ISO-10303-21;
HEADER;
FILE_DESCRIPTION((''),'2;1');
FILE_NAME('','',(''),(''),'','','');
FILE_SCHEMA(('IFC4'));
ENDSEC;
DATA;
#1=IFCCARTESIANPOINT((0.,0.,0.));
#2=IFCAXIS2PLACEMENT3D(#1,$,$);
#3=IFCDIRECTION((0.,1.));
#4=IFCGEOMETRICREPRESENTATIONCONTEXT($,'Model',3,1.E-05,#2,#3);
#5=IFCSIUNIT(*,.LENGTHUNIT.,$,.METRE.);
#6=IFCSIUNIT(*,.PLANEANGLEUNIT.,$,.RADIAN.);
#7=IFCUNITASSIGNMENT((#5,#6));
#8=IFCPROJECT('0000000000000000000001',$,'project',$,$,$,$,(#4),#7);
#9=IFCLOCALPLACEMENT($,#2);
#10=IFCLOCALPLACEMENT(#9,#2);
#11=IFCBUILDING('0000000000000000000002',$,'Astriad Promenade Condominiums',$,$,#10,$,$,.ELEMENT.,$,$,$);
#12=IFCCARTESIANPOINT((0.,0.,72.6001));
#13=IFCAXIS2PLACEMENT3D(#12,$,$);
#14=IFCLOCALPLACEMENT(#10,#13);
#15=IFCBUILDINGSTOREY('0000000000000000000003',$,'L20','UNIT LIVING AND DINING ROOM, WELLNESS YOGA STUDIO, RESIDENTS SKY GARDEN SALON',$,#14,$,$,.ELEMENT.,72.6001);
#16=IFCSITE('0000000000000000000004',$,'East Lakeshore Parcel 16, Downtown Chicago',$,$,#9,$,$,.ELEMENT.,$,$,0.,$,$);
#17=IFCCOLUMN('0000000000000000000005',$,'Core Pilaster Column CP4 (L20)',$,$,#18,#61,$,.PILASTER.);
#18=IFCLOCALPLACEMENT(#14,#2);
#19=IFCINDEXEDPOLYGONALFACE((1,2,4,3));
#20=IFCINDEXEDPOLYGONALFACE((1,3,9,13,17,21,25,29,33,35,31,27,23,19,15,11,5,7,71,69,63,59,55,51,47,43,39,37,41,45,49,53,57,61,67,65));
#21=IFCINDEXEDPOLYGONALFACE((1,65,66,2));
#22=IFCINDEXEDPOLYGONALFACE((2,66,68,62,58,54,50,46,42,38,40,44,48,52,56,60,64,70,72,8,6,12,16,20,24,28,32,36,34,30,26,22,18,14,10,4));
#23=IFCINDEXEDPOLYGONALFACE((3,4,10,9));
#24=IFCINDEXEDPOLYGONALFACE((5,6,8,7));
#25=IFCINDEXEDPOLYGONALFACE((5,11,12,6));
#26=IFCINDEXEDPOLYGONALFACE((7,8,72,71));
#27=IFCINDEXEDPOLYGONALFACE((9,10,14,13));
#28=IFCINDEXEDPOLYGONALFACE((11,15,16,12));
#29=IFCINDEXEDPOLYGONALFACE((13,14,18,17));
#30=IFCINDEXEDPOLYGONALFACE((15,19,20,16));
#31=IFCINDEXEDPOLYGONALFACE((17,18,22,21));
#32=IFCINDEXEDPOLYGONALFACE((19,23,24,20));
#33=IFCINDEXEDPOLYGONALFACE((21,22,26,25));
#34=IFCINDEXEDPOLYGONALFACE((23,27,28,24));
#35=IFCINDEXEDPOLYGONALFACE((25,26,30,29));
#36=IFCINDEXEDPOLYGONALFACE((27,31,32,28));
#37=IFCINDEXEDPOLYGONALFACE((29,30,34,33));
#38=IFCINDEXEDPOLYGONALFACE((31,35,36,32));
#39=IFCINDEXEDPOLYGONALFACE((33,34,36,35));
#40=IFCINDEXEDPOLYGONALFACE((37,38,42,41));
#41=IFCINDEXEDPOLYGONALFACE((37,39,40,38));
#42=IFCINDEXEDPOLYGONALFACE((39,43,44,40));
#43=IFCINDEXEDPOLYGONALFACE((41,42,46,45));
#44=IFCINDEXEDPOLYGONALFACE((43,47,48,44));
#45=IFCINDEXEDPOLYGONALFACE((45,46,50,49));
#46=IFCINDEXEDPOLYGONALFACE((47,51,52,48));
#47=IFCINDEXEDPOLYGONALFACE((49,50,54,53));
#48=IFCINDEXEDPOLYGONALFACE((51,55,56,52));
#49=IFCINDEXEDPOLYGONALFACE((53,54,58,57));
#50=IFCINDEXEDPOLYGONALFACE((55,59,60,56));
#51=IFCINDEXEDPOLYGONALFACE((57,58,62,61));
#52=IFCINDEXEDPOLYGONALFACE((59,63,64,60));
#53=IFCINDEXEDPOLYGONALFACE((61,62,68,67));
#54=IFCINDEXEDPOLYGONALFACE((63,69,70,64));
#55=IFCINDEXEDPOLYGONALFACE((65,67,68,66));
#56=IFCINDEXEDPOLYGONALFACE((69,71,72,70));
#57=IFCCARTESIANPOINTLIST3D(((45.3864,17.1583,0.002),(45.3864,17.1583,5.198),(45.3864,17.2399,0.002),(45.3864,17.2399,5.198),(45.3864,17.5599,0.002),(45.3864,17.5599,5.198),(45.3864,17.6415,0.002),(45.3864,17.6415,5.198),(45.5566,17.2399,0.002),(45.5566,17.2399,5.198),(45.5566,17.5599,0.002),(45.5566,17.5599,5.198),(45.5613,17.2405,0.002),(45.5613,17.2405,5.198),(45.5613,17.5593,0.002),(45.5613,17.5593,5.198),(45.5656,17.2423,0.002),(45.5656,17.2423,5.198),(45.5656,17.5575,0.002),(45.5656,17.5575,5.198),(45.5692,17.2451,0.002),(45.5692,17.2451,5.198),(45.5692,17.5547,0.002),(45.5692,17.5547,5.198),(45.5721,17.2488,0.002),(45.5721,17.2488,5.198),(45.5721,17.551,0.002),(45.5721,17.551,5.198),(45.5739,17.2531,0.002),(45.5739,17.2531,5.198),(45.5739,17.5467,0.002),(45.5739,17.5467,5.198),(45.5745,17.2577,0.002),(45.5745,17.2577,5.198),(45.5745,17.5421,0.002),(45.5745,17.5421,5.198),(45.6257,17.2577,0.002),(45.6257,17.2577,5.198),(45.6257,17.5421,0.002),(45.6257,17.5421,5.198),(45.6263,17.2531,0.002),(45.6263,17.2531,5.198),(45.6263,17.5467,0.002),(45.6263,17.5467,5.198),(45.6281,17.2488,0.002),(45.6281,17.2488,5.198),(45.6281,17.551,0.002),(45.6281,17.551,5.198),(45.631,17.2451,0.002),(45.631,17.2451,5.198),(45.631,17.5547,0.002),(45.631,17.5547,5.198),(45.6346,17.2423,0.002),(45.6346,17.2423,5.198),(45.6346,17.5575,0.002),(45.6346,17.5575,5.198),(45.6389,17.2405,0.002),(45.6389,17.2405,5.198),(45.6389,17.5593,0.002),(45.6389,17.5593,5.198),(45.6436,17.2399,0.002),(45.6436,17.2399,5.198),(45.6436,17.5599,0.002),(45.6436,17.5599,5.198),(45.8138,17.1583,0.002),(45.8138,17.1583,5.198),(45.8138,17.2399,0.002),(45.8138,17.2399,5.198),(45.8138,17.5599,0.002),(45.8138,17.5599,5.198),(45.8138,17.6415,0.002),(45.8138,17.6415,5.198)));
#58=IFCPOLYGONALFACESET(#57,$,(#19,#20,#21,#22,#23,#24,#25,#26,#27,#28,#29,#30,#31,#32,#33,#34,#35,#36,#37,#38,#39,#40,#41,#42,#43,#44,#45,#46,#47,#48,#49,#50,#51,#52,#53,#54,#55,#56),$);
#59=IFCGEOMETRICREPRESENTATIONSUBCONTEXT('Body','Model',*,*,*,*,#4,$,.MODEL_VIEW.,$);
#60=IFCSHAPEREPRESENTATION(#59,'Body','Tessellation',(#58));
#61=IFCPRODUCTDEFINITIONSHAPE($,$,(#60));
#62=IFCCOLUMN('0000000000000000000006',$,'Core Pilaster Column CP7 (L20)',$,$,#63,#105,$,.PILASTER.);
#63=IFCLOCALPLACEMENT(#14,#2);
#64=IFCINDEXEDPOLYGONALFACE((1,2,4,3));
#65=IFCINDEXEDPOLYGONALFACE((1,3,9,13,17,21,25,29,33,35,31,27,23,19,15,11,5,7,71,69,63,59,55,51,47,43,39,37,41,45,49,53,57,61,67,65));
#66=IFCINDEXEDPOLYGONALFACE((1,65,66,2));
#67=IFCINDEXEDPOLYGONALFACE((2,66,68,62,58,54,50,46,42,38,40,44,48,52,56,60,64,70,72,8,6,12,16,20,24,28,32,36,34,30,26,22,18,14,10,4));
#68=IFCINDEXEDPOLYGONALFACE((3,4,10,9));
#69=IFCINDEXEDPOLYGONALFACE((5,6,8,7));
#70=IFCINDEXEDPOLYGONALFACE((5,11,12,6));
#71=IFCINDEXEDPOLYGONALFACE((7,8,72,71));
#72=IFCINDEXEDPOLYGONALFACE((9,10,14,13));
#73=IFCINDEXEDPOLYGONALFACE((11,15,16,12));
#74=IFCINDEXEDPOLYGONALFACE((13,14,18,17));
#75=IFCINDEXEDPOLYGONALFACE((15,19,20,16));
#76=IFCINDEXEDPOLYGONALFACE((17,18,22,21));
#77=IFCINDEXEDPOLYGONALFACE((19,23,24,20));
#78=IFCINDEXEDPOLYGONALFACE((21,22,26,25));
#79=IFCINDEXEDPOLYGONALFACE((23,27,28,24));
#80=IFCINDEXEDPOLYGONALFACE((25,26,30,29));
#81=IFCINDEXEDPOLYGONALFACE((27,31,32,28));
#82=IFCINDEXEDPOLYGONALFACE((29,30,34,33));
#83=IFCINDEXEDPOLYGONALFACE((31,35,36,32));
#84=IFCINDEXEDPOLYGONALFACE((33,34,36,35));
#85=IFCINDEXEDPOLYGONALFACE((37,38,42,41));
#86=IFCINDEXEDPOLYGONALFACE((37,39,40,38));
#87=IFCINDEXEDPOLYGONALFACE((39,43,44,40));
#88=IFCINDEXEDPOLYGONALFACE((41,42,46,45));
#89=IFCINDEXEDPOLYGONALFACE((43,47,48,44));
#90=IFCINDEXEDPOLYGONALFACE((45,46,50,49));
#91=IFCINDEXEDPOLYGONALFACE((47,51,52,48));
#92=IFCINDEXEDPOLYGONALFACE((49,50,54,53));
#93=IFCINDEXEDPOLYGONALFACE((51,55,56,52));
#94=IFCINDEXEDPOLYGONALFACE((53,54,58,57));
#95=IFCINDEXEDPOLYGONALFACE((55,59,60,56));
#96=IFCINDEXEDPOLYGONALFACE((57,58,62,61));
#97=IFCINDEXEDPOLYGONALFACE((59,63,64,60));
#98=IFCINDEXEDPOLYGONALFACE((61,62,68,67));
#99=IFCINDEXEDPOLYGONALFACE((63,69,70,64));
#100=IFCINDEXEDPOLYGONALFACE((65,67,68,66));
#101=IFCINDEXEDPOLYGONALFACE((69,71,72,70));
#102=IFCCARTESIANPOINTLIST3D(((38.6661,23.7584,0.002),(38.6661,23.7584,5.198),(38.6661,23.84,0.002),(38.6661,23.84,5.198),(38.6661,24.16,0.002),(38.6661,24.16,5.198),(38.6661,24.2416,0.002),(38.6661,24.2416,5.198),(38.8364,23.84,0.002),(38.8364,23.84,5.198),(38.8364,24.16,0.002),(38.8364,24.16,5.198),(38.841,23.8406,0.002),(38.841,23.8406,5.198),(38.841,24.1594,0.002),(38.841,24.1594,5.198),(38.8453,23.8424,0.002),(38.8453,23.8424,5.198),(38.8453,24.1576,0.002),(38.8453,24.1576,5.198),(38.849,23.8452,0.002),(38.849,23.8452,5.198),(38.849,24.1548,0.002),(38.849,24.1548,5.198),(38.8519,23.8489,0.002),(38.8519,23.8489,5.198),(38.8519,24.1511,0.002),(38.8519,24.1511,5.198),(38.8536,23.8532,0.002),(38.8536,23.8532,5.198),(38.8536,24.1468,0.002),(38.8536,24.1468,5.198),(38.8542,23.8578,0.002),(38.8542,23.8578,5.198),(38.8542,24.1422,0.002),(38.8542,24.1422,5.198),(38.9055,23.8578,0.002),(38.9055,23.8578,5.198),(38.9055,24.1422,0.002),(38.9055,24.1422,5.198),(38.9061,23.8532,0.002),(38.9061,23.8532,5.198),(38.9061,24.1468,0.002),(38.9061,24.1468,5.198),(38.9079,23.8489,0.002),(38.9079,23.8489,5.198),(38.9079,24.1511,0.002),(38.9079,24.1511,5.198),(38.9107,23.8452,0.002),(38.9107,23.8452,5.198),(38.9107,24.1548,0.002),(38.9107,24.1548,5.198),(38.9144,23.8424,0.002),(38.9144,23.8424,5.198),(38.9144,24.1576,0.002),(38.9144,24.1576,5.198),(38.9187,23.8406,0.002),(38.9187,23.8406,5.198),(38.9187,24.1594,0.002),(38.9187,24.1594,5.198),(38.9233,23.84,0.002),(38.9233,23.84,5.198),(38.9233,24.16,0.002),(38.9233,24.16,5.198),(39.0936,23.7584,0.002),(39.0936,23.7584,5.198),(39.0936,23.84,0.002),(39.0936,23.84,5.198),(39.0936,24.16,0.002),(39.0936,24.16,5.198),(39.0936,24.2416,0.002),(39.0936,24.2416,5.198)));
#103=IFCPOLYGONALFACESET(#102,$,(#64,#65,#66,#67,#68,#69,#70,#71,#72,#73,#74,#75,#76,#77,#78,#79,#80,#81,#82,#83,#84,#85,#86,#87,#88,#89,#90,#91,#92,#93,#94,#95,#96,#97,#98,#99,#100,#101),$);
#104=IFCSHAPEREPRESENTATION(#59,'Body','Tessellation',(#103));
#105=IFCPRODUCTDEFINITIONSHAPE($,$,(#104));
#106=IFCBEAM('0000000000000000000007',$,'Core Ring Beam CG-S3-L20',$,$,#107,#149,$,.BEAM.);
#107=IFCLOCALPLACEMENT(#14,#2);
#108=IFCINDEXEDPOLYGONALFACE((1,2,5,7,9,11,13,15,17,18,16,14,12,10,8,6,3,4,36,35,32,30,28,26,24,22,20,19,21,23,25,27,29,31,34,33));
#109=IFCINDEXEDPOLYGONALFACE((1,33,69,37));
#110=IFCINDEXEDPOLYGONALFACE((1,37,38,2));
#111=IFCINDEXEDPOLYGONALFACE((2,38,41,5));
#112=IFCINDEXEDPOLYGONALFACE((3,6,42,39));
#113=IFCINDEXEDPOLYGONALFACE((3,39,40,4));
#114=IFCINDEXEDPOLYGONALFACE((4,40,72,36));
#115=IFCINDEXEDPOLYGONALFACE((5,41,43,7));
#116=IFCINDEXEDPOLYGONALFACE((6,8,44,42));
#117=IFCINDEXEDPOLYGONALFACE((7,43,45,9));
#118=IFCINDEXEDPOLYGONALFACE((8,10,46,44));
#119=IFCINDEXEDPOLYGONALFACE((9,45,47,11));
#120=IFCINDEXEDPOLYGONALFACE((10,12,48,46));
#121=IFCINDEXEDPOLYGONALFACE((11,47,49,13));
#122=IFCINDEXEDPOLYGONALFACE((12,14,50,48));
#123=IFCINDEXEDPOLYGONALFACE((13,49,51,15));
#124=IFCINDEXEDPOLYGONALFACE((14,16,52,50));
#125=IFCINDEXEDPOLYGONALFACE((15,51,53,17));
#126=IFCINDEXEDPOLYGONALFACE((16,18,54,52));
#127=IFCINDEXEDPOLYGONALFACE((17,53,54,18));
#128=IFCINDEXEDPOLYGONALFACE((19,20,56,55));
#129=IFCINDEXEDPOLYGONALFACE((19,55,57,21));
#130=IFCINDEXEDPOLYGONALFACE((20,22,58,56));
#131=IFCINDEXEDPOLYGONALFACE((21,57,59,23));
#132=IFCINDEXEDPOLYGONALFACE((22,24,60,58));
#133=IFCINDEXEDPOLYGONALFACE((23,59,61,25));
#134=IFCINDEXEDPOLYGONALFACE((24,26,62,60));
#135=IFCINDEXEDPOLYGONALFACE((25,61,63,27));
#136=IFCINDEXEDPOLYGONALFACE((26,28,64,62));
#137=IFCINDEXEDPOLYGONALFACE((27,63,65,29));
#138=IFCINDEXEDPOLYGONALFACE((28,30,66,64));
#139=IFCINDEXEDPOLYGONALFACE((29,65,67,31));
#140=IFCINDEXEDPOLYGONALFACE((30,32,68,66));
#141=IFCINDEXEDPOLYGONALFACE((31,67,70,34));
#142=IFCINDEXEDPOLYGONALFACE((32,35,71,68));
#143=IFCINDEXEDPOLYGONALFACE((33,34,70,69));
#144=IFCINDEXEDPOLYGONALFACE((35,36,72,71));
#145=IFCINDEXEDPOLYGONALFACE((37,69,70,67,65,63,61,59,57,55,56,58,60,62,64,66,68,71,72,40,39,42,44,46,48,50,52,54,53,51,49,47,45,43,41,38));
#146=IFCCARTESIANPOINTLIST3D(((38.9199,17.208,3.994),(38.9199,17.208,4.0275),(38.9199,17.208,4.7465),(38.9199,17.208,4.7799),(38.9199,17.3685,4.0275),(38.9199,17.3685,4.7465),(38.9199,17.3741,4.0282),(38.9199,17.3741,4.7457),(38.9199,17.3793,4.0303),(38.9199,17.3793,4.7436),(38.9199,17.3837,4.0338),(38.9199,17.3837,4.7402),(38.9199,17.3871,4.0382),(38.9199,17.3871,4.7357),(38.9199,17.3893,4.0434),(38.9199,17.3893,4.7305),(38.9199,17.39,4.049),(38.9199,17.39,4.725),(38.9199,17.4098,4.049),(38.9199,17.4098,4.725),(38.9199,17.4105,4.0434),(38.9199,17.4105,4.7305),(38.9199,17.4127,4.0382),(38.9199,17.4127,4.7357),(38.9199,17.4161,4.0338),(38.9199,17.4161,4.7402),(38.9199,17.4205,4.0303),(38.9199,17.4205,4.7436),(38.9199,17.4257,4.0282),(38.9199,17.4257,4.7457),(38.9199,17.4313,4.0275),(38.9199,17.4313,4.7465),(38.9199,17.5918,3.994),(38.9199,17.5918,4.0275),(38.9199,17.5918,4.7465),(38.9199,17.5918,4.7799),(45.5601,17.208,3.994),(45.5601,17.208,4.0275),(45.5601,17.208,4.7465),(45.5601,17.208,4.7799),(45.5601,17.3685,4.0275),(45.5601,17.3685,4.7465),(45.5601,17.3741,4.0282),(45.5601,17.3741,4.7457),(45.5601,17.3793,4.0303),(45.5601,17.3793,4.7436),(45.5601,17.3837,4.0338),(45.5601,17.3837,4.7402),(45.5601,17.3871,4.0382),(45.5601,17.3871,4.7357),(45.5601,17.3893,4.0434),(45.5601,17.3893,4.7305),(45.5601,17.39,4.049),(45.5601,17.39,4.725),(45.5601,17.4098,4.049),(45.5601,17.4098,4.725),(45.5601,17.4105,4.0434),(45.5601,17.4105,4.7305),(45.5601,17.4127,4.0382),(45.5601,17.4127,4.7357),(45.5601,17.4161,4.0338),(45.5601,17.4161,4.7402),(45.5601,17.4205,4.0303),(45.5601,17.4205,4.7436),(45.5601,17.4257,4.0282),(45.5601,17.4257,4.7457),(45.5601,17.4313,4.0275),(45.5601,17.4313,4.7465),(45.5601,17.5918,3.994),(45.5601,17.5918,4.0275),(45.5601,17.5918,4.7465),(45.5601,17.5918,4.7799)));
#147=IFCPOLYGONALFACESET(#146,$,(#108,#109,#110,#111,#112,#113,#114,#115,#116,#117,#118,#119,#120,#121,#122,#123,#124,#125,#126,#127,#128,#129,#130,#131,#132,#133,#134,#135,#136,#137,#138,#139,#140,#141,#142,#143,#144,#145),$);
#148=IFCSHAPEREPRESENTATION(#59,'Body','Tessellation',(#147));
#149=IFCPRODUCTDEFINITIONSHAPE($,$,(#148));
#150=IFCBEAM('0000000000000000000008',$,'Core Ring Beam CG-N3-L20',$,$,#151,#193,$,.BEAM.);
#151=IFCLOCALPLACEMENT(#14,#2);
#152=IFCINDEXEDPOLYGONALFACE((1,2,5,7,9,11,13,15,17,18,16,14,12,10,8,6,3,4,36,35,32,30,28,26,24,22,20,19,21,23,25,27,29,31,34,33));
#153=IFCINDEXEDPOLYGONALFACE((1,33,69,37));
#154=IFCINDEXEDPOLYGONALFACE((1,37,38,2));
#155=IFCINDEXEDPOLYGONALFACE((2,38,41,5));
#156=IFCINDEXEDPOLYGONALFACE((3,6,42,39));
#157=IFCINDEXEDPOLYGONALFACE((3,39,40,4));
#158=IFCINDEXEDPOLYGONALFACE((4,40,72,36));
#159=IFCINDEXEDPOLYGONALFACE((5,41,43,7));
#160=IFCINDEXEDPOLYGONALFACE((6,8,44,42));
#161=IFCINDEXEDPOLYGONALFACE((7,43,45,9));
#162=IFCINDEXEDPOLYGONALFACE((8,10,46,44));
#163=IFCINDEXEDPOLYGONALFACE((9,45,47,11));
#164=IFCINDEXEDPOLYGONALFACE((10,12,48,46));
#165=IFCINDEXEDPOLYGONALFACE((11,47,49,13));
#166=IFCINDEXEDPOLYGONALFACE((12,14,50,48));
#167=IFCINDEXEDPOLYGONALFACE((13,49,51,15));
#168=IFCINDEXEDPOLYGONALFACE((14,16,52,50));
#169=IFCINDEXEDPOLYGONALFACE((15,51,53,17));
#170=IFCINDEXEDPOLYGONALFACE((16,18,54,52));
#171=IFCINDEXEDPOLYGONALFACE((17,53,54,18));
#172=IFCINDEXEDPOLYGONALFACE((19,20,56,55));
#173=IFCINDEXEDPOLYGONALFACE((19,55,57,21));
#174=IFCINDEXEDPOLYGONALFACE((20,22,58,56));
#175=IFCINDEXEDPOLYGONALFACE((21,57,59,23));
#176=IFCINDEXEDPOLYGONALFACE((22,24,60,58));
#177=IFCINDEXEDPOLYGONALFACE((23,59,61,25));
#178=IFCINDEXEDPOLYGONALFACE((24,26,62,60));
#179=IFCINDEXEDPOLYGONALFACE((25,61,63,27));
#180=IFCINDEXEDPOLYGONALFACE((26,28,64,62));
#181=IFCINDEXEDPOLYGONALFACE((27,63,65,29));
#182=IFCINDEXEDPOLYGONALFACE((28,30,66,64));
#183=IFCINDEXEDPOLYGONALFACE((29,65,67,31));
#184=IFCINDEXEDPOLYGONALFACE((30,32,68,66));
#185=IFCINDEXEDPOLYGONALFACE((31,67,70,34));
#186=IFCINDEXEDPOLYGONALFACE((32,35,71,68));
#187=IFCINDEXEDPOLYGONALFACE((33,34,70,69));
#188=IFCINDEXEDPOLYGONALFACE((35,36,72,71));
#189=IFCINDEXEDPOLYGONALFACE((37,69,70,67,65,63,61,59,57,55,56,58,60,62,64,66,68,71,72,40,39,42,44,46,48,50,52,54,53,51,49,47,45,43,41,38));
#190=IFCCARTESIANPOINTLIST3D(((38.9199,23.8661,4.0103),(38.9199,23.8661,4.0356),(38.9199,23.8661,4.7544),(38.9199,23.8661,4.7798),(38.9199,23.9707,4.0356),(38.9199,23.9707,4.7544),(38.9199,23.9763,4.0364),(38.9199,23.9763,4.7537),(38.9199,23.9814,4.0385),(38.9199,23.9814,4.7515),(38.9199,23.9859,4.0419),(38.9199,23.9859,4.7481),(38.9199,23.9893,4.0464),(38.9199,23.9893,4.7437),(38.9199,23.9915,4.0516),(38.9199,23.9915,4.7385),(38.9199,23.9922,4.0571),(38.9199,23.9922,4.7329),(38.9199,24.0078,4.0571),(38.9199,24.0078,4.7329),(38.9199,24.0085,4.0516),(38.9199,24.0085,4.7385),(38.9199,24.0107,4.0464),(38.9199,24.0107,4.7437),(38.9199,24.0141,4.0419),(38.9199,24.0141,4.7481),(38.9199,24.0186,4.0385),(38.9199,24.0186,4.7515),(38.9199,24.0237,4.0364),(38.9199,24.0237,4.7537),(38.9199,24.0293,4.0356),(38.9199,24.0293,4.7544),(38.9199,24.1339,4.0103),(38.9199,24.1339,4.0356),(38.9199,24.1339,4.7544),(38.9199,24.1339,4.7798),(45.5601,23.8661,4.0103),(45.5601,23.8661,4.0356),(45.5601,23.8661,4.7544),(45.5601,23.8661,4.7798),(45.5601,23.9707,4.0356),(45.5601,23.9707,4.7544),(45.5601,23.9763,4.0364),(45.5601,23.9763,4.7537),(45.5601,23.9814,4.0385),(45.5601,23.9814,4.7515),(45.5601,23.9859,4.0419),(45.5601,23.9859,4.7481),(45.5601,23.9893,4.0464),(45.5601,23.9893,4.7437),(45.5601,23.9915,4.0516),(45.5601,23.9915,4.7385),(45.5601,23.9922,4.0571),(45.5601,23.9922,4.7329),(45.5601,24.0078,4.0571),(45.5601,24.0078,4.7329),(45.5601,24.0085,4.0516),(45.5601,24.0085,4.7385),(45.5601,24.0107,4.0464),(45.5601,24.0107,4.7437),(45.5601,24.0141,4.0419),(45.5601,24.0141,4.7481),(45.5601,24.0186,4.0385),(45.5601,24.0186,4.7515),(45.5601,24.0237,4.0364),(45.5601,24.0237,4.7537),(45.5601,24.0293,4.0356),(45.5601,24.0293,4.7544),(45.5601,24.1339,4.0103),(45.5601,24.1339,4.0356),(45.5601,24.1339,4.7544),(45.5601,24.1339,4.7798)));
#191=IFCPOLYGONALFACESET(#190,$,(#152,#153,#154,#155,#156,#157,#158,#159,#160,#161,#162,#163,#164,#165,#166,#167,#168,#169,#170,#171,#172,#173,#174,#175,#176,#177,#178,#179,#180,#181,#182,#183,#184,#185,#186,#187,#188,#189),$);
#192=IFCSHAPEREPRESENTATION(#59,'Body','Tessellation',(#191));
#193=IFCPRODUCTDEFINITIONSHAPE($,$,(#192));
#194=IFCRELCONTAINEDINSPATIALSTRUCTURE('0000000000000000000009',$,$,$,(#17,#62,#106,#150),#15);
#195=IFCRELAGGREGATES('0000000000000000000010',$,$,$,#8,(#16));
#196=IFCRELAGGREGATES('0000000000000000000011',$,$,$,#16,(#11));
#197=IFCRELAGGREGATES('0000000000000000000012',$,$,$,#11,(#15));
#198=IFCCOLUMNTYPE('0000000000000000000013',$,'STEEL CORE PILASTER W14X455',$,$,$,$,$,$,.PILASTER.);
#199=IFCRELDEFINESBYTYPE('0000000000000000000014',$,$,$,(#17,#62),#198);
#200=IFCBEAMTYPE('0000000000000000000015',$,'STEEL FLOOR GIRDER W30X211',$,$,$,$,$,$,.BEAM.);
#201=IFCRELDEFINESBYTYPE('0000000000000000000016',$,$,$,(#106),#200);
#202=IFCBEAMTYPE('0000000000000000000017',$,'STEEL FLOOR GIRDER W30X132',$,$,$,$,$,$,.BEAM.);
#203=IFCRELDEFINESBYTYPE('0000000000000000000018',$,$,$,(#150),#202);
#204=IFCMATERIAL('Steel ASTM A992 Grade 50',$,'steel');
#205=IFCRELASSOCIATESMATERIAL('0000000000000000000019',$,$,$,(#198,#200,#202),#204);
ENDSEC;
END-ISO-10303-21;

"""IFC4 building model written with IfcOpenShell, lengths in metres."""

from ifc_helpers import new_model, si_unit, direction, frame, origin, origin_2d, place, context, subcontext, project, spatial, i_section, extrude, source, transform, mapped, material, material_profile, profile_set, type_object, type_shapes, element, save


model = new_model("IFC4")

# Units and contexts
model_context = context("Model", 3, precision=1e-05, world=origin(), true_north=direction((0.0, 1.0)))
body_context = subcontext(model_context, "Body", "Model", "MODEL_VIEW")
ifc_project = project(units=[si_unit("LENGTHUNIT", "METRE"), si_unit("PLANEANGLEUNIT", "RADIAN")], contexts=[model_context])

# Site, building, storey
site_placement = place(None, origin())
site = spatial("IfcSite", under=ifc_project, at=site_placement, Name="East Lakeshore Parcel 16, Downtown Chicago", CompositionType="ELEMENT", RefElevation=0.0)
building_placement = place(site_placement, origin())
building = spatial("IfcBuilding", under=site, at=building_placement, Name="Astriad Promenade Condominiums", CompositionType="ELEMENT")
storey_placement = place(building_placement, frame((0.0, 0.0, 72.6001)))
storey = spatial("IfcBuildingStorey", under=building, at=storey_placement, Name="L20", Description="UNIT LIVING AND DINING ROOM, WELLNESS YOGA STUDIO, RESIDENTS SKY GARDEN SALON", CompositionType="ELEMENT", Elevation=72.6001)

# Columns
ifc_material_1 = material(Name="Steel ASTM A992 Grade 50", Category="steel")
ifc_material_profile_1 = material_profile(ifc_material_1, i_section(OverallWidth=0.4275, OverallDepth=0.4832, WebThickness=0.0513, FlangeThickness=0.0815, FilletRadius=0.0178, at=origin_2d()), Name="W14X455")
ifc_profile_set_1 = profile_set([ifc_material_profile_1], Name="Steel ASTM A992 Grade 50")
column_type = type_object("IfcColumnType", Name="STEEL CORE PILASTER W14X455", PredefinedType="PILASTER", material=ifc_profile_set_1)
shared_shape_1 = source(origin(), body_context, "Body", "SweptSolid", [
    extrude(i_section(OverallWidth=0.4275, OverallDepth=0.4832, WebThickness=0.0513, FlangeThickness=0.0815, FilletRadius=0.0178, at=origin_2d()), origin(), (0.0, 0.0, 1.0), 5.196),
])
type_shapes(column_type, [shared_shape_1])
for number, where, z_axis, x_axis, name in (
    (1, (45.6001, 17.3999, 0.002), (0.0, 0.0, 1.0), (1.0, 0.0, 0.0), "Core Pilaster Column CP4 (L20)"),
    (2, (38.8799, 24.0, 0.002), (0.0, 0.0, 1.0), (1.0, 0.0, 0.0), "Core Pilaster Column CP7 (L20)"),
):
    element("IfcColumn", number, at=place(storey_placement, frame(where, z_axis=z_axis, x_axis=x_axis)), inside=storey, type_object=column_type, Name=name, PredefinedType="PILASTER", context=body_context, shape_type="MappedRepresentation", body=[
        mapped(shared_shape_1, transform((0.0, 0.0, 0.0), scale=1.0)),
    ])

# Beams
ifc_material_profile_2 = material_profile(ifc_material_1, i_section(OverallWidth=0.3838, OverallDepth=0.7859, WebThickness=0.0198, FlangeThickness=0.0334, FilletRadius=0.0215, at=origin_2d()), Name="W30X211")
ifc_profile_set_2 = profile_set([ifc_material_profile_2], Name="Steel ASTM A992 Grade 50")
beam_type_1 = type_object("IfcBeamType", Name="STEEL FLOOR GIRDER W30X211", PredefinedType="BEAM", material=ifc_profile_set_2)
shared_shape_2 = source(origin(), body_context, "Body", "SweptSolid", [
    extrude(i_section(OverallWidth=0.3838, OverallDepth=0.7859, WebThickness=0.0198, FlangeThickness=0.0334, FilletRadius=0.0215, at=origin_2d()), origin(), (0.0, 0.0, 1.0), 6.6401),
])
type_shapes(beam_type_1, [shared_shape_2])
beam_1_placement = place(storey_placement, frame((38.9199, 17.3999, 4.387), z_axis=(1.0, 0.0, 0.0), x_axis=(0.0, 1.0, 0.0)))
element("IfcBeam", 3, at=beam_1_placement, inside=storey, type_object=beam_type_1, Name="Core Ring Beam CG-S3-L20", PredefinedType="BEAM", context=body_context, shape_type="MappedRepresentation", body=[
    mapped(shared_shape_2, transform((0.0, 0.0, 0.0), scale=1.0)),
])
ifc_material_profile_3 = material_profile(ifc_material_1, i_section(OverallWidth=0.2678, OverallDepth=0.7695, WebThickness=0.0156, FlangeThickness=0.0254, FilletRadius=0.0215, at=origin_2d()), Name="W30X132")
ifc_profile_set_3 = profile_set([ifc_material_profile_3], Name="Steel ASTM A992 Grade 50")
beam_type_2 = type_object("IfcBeamType", Name="STEEL FLOOR GIRDER W30X132", PredefinedType="BEAM", material=ifc_profile_set_3)
shared_shape_3 = source(origin(), body_context, "Body", "SweptSolid", [
    extrude(i_section(OverallWidth=0.2678, OverallDepth=0.7695, WebThickness=0.0156, FlangeThickness=0.0254, FilletRadius=0.0215, at=origin_2d()), origin(), (0.0, 0.0, 1.0), 6.6401),
])
type_shapes(beam_type_2, [shared_shape_3])
beam_2_placement = place(storey_placement, frame((38.9199, 24.0, 4.395), z_axis=(1.0, 0.0, 0.0), x_axis=(0.0, 1.0, 0.0)))
element("IfcBeam", 4, at=beam_2_placement, inside=storey, type_object=beam_type_2, Name="Core Ring Beam CG-N3-L20", PredefinedType="BEAM", context=body_context, shape_type="MappedRepresentation", body=[
    mapped(shared_shape_3, transform((0.0, 0.0, 0.0), scale=1.0)),
])

save(model, "model.ifc")
